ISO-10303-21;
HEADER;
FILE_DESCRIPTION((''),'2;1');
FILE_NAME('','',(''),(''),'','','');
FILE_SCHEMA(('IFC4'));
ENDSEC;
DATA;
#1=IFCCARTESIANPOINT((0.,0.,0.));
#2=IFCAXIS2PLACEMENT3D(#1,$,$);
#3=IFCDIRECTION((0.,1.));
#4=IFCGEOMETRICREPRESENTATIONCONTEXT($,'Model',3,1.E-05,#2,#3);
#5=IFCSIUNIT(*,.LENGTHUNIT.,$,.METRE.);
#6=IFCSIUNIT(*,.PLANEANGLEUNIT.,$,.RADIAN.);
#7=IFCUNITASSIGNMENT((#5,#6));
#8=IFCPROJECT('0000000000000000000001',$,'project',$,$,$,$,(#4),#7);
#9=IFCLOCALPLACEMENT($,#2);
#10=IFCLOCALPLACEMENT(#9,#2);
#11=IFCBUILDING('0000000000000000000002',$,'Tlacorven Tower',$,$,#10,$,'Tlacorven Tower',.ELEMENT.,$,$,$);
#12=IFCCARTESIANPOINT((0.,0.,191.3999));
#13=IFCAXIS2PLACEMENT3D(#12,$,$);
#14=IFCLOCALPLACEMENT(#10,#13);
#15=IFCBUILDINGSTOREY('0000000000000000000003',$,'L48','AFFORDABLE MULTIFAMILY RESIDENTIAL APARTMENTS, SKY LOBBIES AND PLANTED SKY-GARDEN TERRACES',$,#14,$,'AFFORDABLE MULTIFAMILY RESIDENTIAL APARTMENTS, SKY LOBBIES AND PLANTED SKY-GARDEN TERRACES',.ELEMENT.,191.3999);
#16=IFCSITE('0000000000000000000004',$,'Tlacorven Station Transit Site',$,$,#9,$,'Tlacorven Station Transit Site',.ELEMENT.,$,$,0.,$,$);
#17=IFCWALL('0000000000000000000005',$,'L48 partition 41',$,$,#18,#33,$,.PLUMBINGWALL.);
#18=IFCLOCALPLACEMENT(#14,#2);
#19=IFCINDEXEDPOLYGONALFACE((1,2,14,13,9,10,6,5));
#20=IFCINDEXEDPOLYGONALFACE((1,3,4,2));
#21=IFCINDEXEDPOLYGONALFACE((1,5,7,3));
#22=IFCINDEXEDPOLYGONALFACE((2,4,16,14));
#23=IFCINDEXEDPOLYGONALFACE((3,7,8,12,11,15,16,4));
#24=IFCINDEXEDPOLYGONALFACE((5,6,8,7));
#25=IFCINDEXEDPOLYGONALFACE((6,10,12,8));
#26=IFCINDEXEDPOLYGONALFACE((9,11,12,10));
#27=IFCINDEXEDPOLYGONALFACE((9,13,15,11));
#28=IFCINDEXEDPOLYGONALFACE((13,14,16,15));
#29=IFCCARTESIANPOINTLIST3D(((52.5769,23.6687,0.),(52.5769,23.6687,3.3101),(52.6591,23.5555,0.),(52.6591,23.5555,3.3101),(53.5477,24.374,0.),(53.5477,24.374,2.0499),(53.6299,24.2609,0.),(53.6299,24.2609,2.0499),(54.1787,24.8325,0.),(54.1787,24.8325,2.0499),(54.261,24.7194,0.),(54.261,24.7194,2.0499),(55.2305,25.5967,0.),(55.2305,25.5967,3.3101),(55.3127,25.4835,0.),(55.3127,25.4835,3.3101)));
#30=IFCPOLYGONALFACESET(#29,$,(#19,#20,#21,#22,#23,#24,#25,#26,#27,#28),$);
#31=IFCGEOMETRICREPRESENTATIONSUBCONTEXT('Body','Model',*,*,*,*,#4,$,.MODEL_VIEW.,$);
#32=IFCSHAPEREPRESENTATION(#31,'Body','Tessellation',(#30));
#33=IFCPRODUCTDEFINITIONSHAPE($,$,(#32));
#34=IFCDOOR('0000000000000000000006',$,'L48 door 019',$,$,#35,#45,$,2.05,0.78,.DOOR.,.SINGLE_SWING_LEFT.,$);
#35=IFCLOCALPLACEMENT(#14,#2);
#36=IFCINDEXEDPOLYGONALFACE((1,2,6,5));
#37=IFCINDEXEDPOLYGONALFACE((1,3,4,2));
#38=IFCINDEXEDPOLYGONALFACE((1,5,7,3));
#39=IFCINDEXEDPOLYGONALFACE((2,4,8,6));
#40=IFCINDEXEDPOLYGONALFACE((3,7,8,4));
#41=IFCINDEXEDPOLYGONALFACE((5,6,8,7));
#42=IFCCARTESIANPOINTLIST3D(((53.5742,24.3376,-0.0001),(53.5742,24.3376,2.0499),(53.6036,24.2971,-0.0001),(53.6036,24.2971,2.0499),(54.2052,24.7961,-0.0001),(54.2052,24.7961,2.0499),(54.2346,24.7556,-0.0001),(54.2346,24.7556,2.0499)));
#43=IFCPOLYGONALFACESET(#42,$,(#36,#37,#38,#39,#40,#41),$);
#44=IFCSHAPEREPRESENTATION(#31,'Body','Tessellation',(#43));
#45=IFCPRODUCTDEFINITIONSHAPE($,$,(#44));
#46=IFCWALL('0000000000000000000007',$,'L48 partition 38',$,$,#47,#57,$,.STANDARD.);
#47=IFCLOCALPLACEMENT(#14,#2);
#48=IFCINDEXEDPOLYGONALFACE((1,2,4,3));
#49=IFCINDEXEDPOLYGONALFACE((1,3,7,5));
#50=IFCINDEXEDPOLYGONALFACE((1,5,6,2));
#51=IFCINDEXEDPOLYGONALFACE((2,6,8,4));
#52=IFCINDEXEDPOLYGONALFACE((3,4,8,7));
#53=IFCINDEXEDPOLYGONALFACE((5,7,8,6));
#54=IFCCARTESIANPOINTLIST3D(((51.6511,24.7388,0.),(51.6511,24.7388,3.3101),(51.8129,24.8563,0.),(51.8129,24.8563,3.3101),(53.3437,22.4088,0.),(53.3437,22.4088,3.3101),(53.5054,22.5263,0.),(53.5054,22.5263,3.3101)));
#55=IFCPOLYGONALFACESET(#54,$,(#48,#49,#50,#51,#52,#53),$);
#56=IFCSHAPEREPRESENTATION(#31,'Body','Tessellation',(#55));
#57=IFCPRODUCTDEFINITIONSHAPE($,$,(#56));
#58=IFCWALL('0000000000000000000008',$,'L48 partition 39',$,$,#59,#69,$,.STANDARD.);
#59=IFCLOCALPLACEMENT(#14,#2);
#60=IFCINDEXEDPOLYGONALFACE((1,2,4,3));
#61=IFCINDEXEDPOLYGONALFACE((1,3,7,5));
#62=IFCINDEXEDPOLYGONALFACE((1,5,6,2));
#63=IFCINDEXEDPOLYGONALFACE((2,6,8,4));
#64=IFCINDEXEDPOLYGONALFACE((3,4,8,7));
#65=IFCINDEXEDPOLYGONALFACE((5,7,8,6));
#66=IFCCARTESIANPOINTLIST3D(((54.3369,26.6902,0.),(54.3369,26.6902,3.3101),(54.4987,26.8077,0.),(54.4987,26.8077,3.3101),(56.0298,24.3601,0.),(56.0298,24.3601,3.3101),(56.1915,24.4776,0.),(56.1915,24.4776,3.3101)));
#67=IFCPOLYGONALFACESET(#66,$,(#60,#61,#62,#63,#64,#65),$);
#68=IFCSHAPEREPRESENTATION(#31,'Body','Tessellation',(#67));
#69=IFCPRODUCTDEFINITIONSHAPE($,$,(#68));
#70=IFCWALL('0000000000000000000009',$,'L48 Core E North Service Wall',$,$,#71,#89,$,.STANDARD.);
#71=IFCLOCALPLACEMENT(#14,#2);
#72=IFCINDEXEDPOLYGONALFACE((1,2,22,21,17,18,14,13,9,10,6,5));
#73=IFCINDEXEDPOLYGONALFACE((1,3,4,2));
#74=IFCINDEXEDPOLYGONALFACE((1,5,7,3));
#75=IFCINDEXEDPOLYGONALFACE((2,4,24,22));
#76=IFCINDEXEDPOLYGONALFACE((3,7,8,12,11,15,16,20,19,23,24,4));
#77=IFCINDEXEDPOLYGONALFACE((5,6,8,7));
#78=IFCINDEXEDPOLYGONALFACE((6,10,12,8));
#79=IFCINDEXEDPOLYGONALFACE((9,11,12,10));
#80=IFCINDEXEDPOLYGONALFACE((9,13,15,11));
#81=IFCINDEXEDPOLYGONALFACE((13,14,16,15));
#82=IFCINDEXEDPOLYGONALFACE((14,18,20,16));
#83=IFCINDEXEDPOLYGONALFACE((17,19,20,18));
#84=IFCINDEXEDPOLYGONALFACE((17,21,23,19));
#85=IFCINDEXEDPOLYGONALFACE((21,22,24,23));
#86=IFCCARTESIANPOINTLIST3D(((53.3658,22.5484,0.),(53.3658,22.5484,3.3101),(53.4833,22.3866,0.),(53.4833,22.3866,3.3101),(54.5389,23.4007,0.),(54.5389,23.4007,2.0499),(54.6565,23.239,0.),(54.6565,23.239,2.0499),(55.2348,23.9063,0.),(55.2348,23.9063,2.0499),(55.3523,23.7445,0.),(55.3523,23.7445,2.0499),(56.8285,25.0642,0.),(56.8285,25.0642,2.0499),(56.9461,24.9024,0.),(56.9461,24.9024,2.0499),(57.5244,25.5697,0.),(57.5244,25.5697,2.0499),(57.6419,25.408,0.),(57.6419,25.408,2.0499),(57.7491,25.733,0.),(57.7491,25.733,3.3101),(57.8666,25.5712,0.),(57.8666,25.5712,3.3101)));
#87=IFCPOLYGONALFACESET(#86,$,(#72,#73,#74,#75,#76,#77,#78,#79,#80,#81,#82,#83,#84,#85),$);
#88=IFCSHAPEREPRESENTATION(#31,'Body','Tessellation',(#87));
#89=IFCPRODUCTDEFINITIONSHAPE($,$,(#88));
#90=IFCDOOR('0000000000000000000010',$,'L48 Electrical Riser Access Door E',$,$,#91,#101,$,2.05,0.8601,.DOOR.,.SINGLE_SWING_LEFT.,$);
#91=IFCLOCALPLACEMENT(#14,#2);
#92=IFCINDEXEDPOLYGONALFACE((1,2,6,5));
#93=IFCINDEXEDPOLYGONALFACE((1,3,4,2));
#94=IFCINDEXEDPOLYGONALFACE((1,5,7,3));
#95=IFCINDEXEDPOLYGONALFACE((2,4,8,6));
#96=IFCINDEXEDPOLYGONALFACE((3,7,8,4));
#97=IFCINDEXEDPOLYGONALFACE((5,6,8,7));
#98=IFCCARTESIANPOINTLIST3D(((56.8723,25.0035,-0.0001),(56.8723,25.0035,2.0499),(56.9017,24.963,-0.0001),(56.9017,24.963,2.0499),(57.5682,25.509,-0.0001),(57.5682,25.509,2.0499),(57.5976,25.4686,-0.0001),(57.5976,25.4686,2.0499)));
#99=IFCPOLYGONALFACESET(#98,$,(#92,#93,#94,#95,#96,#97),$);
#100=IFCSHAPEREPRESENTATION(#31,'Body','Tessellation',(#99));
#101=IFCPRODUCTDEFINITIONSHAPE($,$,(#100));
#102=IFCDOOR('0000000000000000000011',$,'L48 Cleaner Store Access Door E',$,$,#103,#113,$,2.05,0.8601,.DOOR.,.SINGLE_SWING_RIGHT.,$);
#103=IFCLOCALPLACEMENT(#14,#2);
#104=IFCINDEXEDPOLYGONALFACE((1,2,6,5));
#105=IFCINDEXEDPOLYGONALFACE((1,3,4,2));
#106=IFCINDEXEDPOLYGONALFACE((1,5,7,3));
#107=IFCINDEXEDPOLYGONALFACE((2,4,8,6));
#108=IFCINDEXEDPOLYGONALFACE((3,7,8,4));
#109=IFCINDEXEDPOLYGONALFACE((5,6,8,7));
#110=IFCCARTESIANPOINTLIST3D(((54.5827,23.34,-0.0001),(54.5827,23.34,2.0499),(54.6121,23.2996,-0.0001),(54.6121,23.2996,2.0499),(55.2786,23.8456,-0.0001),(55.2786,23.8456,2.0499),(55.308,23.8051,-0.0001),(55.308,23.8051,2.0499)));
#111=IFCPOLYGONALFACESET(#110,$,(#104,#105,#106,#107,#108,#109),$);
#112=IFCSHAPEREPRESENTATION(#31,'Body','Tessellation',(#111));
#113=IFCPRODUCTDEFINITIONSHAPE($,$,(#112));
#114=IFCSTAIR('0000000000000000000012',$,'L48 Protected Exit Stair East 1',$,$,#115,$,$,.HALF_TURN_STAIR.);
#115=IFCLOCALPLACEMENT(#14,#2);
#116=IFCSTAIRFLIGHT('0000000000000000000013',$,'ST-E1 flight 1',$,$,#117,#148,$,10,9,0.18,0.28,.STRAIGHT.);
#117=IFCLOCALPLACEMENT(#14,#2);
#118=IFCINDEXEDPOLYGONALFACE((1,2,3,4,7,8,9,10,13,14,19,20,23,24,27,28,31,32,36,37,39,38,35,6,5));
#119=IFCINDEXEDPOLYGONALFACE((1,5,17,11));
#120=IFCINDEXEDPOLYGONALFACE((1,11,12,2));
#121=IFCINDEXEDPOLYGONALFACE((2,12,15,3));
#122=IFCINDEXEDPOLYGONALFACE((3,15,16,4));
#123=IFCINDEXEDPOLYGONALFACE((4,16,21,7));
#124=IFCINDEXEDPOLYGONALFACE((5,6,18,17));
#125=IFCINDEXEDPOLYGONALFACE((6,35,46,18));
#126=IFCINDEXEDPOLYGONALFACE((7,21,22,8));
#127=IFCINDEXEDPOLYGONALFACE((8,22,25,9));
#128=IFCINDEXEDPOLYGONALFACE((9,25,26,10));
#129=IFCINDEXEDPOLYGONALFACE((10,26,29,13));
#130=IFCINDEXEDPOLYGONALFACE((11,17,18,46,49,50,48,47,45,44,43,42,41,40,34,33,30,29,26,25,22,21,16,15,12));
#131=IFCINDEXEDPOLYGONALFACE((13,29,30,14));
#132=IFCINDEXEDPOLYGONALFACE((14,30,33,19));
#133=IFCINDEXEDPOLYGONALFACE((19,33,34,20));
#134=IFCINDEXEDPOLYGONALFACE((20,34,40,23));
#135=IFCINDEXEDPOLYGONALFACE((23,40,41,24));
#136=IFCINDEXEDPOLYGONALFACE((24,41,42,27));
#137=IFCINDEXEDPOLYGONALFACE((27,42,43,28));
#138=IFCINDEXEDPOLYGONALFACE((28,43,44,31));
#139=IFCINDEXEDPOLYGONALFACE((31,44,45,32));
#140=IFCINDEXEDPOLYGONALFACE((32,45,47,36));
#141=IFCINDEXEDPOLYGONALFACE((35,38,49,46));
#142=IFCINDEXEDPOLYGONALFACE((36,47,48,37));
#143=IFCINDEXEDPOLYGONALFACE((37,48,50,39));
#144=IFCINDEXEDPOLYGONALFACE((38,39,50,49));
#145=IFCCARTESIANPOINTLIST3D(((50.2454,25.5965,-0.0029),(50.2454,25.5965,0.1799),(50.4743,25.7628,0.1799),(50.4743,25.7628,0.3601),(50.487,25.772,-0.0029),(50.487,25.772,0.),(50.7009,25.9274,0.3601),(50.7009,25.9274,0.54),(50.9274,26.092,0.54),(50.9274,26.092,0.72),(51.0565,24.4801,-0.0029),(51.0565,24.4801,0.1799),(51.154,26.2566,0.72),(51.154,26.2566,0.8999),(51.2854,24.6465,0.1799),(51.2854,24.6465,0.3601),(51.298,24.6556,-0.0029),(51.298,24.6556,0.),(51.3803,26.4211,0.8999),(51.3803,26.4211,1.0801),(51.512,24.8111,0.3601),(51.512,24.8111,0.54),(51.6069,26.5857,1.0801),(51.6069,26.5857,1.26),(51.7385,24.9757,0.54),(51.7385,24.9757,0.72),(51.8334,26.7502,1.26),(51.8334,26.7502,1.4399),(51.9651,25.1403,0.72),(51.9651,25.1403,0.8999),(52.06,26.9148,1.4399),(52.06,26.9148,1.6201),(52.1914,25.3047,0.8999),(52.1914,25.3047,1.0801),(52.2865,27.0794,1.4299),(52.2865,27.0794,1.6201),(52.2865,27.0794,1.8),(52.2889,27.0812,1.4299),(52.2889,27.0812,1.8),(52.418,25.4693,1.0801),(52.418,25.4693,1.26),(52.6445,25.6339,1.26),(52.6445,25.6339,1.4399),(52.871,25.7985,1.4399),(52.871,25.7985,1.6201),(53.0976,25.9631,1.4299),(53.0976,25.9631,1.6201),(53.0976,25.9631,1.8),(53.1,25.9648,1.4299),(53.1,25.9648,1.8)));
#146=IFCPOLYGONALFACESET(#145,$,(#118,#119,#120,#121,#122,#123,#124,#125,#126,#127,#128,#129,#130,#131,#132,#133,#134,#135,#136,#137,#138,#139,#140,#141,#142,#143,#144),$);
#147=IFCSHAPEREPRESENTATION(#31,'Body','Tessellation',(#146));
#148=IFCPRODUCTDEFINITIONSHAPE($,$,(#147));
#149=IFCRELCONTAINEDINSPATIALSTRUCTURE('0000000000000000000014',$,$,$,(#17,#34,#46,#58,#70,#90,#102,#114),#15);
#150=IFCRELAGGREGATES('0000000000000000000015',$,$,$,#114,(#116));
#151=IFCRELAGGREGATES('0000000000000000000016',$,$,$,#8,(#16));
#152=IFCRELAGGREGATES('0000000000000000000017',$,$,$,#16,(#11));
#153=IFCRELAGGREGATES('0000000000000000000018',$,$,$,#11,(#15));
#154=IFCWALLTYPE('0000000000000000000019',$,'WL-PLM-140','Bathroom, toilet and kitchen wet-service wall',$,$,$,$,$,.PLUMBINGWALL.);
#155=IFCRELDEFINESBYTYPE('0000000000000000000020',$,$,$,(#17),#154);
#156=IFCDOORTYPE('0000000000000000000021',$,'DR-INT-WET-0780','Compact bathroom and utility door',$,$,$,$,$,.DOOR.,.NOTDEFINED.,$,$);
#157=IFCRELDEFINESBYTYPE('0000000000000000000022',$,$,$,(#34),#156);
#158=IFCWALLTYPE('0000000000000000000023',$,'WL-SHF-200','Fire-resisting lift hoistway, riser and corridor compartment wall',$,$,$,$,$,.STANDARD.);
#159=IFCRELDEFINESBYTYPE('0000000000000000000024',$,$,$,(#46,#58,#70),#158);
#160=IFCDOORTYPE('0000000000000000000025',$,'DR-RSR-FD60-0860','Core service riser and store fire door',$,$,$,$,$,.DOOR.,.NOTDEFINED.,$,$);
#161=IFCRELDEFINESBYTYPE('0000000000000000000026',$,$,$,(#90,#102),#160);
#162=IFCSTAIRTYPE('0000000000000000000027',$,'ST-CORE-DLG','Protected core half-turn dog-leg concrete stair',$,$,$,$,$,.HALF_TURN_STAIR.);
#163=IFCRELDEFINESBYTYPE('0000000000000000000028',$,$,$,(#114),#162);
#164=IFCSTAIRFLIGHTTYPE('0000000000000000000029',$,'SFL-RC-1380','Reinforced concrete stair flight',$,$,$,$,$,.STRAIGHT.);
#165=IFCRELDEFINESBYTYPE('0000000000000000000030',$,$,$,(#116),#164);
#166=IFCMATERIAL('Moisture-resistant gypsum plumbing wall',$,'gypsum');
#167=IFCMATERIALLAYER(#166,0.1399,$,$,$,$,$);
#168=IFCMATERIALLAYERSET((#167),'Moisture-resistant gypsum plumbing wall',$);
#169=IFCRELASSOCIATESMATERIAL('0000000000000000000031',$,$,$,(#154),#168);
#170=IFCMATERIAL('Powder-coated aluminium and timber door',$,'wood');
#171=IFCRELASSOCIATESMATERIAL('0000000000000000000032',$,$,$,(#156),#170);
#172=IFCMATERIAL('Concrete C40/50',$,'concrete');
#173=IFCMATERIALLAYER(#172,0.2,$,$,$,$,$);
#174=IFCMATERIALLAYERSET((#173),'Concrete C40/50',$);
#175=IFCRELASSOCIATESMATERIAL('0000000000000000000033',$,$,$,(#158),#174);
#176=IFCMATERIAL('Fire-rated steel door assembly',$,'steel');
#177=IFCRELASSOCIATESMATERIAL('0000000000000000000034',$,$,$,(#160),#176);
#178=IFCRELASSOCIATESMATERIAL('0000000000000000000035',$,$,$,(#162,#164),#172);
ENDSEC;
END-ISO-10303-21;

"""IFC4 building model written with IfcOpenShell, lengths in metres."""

from ifc_helpers import new_model, si_unit, direction, frame, frame_2d, origin, place, context, subcontext, project, spatial, polyline, rectangle, outline, extrude, source, transform, mapped, material, layer, layer_set, type_object, element, fill, aggregate, save


model = new_model("IFC4")

# Units and contexts
model_context = context("Model", 3, precision=1e-05, world=origin(), true_north=direction((0.0, 1.0)))
body_context = subcontext(model_context, "Body", "Model", "MODEL_VIEW")
ifc_project = project(units=[si_unit("LENGTHUNIT", "METRE"), si_unit("PLANEANGLEUNIT", "RADIAN")], contexts=[model_context])

# Site, building, storey
site_placement = place(None, origin())
site = spatial("IfcSite", under=ifc_project, at=site_placement, Name="Tlacorven Station Transit Site", LongName="Tlacorven Station Transit Site", CompositionType="ELEMENT", RefElevation=0.0)
building_placement = place(site_placement, origin())
building = spatial("IfcBuilding", under=site, at=building_placement, Name="Tlacorven Tower", LongName="Tlacorven Tower", CompositionType="ELEMENT")
storey_placement = place(building_placement, frame((0.0, 0.0, 191.3999)))
storey = spatial("IfcBuildingStorey", under=building, at=storey_placement, Name="L48", Description="AFFORDABLE MULTIFAMILY RESIDENTIAL APARTMENTS, SKY LOBBIES AND PLANTED SKY-GARDEN TERRACES", LongName="AFFORDABLE MULTIFAMILY RESIDENTIAL APARTMENTS, SKY LOBBIES AND PLANTED SKY-GARDEN TERRACES", CompositionType="ELEMENT", Elevation=191.3999)

# Wall, opening, door
ifc_material_1 = material(Name="Moisture-resistant gypsum plumbing wall", Category="gypsum")
ifc_layer_1 = layer(ifc_material_1, 0.1399)
ifc_layer_set_1 = layer_set([ifc_layer_1], Name="Moisture-resistant gypsum plumbing wall")
wall_type_1 = type_object("IfcWallType", Name="WL-PLM-140", Description="Bathroom, toilet and kitchen wet-service wall", PredefinedType="PLUMBINGWALL", material=ifc_layer_set_1)
wall_1_placement = place(storey_placement, frame((52.6179, 23.6121, 0.0), z_axis=(0.0, 0.0, 1.0), x_axis=(0.80901, 0.587795, 0.0)))
wall_1 = element("IfcWall", 1, at=wall_1_placement, inside=storey, type_object=wall_type_1, Name="L48 partition 41", PredefinedType="PLUMBINGWALL", context=body_context, shape_type="SweptSolid", body=[
    extrude(rectangle(XDim=3.28, YDim=0.1399, at=frame_2d((1.6401, 0.0))), origin(), (0.0, 0.0, 1.0), 3.3101),
])
opening_1_placement = place(wall_1_placement, frame((1.2, 0.0, 0.0)))
opening_1 = element("IfcOpeningElement", 2, at=opening_1_placement, cuts=wall_1, PredefinedType="OPENING", context=body_context, shape_type="SweptSolid", body=[
    extrude(rectangle(XDim=0.78, YDim=2.05, at=frame_2d((0.3901, 1.0249))), frame((0.0, 0.0801, 0.0), z_axis=(0.0, -1.0, 0.0), x_axis=(1.0, 0.0, 0.0)), (0.0, 0.0, 1.0), 0.1599),
])
ifc_material_2 = material(Name="Powder-coated aluminium and timber door", Category="wood")
door_type_1 = type_object("IfcDoorType", Name="DR-INT-WET-0780", Description="Compact bathroom and utility door", OperationType="NOTDEFINED", PredefinedType="DOOR", material=ifc_material_2)
shared_shape_1 = source(origin(), body_context, "Body", "SweptSolid", [
    extrude(rectangle(XDim=0.78, YDim=2.05, at=frame_2d((0.3901, 1.0249))), frame((0.0, 0.0249, 0.0), z_axis=(0.0, -1.0, 0.0), x_axis=(1.0, 0.0, 0.0)), (0.0, 0.0, 1.0), 0.05),
])
door_1_placement = place(opening_1_placement, origin())
door_1 = element("IfcDoor", 3, at=door_1_placement, inside=storey, type_object=door_type_1, Name="L48 door 019", OperationType="SINGLE_SWING_LEFT", OverallHeight=2.05, OverallWidth=0.78, PredefinedType="DOOR", context=body_context, shape_type="MappedRepresentation", body=[
    mapped(shared_shape_1, transform((0.0, 0.0, 0.0), scale=1.0)),
])
fill(opening_1, door_1)

# Walls
ifc_material_3 = material(Name="Concrete C40/50", Category="concrete")
ifc_layer_2 = layer(ifc_material_3, 0.2)
ifc_layer_set_2 = layer_set([ifc_layer_2], Name="Concrete C40/50")
wall_type_2 = type_object("IfcWallType", Name="WL-SHF-200", Description="Fire-resisting lift hoistway, riser and corridor compartment wall", PredefinedType="STANDARD", material=ifc_layer_set_2)
wall_2_placement = place(storey_placement, frame((53.4246, 22.4675, 0.0), z_axis=(0.0, 0.0, 1.0), x_axis=(-0.587723, 0.809062, 0.0)))
element("IfcWall", 4, at=wall_2_placement, inside=storey, type_object=wall_type_2, Name="L48 partition 38", PredefinedType="STANDARD", context=body_context, shape_type="SweptSolid", body=[
    extrude(rectangle(XDim=2.8799, YDim=0.2, at=frame_2d((1.4399, 0.0))), origin(), (0.0, 0.0, 1.0), 3.3101),
])
wall_3_placement = place(storey_placement, frame((56.1106, 24.4189, 0.0), z_axis=(0.0, 0.0, 1.0), x_axis=(-0.587778, 0.809022, 0.0)))
element("IfcWall", 5, at=wall_3_placement, inside=storey, type_object=wall_type_2, Name="L48 partition 39", PredefinedType="STANDARD", context=body_context, shape_type="SweptSolid", body=[
    extrude(rectangle(XDim=2.8801, YDim=0.2, at=frame_2d((1.4399, 0.0))), origin(), (0.0, 0.0, 1.0), 3.3101),
])

# Wall, openings, doors
wall_4_placement = place(storey_placement, frame((53.4246, 22.4675, 0.0), z_axis=(0.0, 0.0, 1.0), x_axis=(0.809024, 0.587775, 0.0)))
wall_4 = element("IfcWall", 6, at=wall_4_placement, inside=storey, type_object=wall_type_2, Name="L48 Core E North Service Wall", PredefinedType="STANDARD", context=body_context, shape_type="SweptSolid", body=[
    extrude(rectangle(XDim=5.418, YDim=0.2, at=frame_2d((2.709, 0.0))), origin(), (0.0, 0.0, 1.0), 3.3101),
])
opening_2_placement = place(wall_4_placement, frame((4.28, 0.0, 0.0)))
opening_2 = element("IfcOpeningElement", 7, at=opening_2_placement, cuts=wall_4, PredefinedType="OPENING", context=body_context, shape_type="SweptSolid", body=[
    extrude(rectangle(XDim=0.8601, YDim=2.05, at=frame_2d((0.4302, 1.0249))), frame((0.0, 0.1099, 0.0), z_axis=(0.0, -1.0, 0.0), x_axis=(1.0, 0.0, 0.0)), (0.0, 0.0, 1.0), 0.22),
])
opening_3_placement = place(wall_4_placement, frame((1.45, 0.0, 0.0)))
opening_3 = element("IfcOpeningElement", 8, at=opening_3_placement, cuts=wall_4, PredefinedType="OPENING", context=body_context, shape_type="SweptSolid", body=[
    extrude(rectangle(XDim=0.8601, YDim=2.05, at=frame_2d((0.4302, 1.0249))), frame((0.0, 0.1099, 0.0), z_axis=(0.0, -1.0, 0.0), x_axis=(1.0, 0.0, 0.0)), (0.0, 0.0, 1.0), 0.22),
])
ifc_material_4 = material(Name="Fire-rated steel door assembly", Category="steel")
door_type_2 = type_object("IfcDoorType", Name="DR-RSR-FD60-0860", Description="Core service riser and store fire door", OperationType="NOTDEFINED", PredefinedType="DOOR", material=ifc_material_4)
shared_shape_2 = source(origin(), body_context, "Body", "SweptSolid", [
    extrude(rectangle(XDim=0.8601, YDim=2.05, at=frame_2d((0.4302, 1.0249))), frame((0.0, 0.0249, 0.0), z_axis=(0.0, -1.0, 0.0), x_axis=(1.0, 0.0, 0.0)), (0.0, 0.0, 1.0), 0.05),
])
door_2_placement = place(opening_2_placement, frame((0.8601, 0.0, 0.0), z_axis=(0.0, 0.0, 1.0), x_axis=(-1.0, 0.0, 0.0)))
door_2 = element("IfcDoor", 9, at=door_2_placement, inside=storey, type_object=door_type_2, Name="L48 Electrical Riser Access Door E", OperationType="SINGLE_SWING_LEFT", OverallHeight=2.05, OverallWidth=0.8601, PredefinedType="DOOR", context=body_context, shape_type="MappedRepresentation", body=[
    mapped(shared_shape_2, transform((0.0, 0.0, 0.0), scale=1.0)),
])
fill(opening_2, door_2)
door_3_placement = place(opening_3_placement, frame((0.8601, 0.0, 0.0), z_axis=(0.0, 0.0, 1.0), x_axis=(-1.0, 0.0, 0.0)))
door_3 = element("IfcDoor", 10, at=door_3_placement, inside=storey, type_object=door_type_2, Name="L48 Cleaner Store Access Door E", OperationType="SINGLE_SWING_RIGHT", OverallHeight=2.05, OverallWidth=0.8601, PredefinedType="DOOR", context=body_context, shape_type="MappedRepresentation", body=[
    mapped(shared_shape_2, transform((0.0, 0.0, 0.0), scale=1.0)),
])
fill(opening_3, door_3)

# Stair, stair flight
stair_type = type_object("IfcStairType", Name="ST-CORE-DLG", Description="Protected core half-turn dog-leg concrete stair", PredefinedType="HALF_TURN_STAIR", material=ifc_material_3)
stair_placement = place(storey_placement, origin())
stair = element("IfcStair", 11, at=stair_placement, inside=storey, type_object=stair_type, Name="L48 Protected Exit Stair East 1", PredefinedType="HALF_TURN_STAIR")
stair_flight_type = type_object("IfcStairFlightType", Name="SFL-RC-1380", Description="Reinforced concrete stair flight", PredefinedType="STRAIGHT", material=ifc_material_3)
shared_shape_3 = source(origin(), body_context, "Body", "SweptSolid", [
    extrude(outline(polyline([(-0.0029, -0.0029), (-0.0029, 0.1799), (0.28, 0.1799), (0.28, 0.3601), (0.5601, 0.3601), (0.5601, 0.54), (0.8401, 0.54), (0.8401, 0.72), (1.1201, 0.72), (1.1201, 0.8999), (1.3999, 0.8999), (1.3999, 1.0801), (1.6799, 1.0801), (1.6799, 1.26), (1.96, 1.26), (1.96, 1.4399), (2.24, 1.4399), (2.24, 1.6201), (2.52, 1.6201), (2.52, 1.8), (2.5229, 1.8), (2.5229, 1.4299), (2.52, 1.4299), (0.2957, 0.0), (0.2957, -0.0029), (-0.0029, -0.0029)])), frame((0.0, 0.6899, 0.0), z_axis=(0.0, -1.0, 0.0), x_axis=(1.0, 0.0, 0.0)), (0.0, 0.0, 1.0), 1.3799),
])
stair_flight_1_placement = place(storey_placement, frame((50.6533, 25.04, 0.0), z_axis=(0.0, 0.0, 1.0), x_axis=(0.809017, 0.587785, 0.0)))
stair_flight_1 = element("IfcStairFlight", 12, at=stair_flight_1_placement, type_object=stair_flight_type, Name="ST-E1 flight 1", NumberOfRisers=10, NumberOfTreads=9, PredefinedType="STRAIGHT", RiserHeight=0.18, TreadLength=0.28, context=body_context, shape_type="MappedRepresentation", body=[
    mapped(shared_shape_3, transform((0.0, 0.0, 0.0), scale=1.0)),
])
aggregate(stair, [stair_flight_1])

save(model, "model.ifc")
